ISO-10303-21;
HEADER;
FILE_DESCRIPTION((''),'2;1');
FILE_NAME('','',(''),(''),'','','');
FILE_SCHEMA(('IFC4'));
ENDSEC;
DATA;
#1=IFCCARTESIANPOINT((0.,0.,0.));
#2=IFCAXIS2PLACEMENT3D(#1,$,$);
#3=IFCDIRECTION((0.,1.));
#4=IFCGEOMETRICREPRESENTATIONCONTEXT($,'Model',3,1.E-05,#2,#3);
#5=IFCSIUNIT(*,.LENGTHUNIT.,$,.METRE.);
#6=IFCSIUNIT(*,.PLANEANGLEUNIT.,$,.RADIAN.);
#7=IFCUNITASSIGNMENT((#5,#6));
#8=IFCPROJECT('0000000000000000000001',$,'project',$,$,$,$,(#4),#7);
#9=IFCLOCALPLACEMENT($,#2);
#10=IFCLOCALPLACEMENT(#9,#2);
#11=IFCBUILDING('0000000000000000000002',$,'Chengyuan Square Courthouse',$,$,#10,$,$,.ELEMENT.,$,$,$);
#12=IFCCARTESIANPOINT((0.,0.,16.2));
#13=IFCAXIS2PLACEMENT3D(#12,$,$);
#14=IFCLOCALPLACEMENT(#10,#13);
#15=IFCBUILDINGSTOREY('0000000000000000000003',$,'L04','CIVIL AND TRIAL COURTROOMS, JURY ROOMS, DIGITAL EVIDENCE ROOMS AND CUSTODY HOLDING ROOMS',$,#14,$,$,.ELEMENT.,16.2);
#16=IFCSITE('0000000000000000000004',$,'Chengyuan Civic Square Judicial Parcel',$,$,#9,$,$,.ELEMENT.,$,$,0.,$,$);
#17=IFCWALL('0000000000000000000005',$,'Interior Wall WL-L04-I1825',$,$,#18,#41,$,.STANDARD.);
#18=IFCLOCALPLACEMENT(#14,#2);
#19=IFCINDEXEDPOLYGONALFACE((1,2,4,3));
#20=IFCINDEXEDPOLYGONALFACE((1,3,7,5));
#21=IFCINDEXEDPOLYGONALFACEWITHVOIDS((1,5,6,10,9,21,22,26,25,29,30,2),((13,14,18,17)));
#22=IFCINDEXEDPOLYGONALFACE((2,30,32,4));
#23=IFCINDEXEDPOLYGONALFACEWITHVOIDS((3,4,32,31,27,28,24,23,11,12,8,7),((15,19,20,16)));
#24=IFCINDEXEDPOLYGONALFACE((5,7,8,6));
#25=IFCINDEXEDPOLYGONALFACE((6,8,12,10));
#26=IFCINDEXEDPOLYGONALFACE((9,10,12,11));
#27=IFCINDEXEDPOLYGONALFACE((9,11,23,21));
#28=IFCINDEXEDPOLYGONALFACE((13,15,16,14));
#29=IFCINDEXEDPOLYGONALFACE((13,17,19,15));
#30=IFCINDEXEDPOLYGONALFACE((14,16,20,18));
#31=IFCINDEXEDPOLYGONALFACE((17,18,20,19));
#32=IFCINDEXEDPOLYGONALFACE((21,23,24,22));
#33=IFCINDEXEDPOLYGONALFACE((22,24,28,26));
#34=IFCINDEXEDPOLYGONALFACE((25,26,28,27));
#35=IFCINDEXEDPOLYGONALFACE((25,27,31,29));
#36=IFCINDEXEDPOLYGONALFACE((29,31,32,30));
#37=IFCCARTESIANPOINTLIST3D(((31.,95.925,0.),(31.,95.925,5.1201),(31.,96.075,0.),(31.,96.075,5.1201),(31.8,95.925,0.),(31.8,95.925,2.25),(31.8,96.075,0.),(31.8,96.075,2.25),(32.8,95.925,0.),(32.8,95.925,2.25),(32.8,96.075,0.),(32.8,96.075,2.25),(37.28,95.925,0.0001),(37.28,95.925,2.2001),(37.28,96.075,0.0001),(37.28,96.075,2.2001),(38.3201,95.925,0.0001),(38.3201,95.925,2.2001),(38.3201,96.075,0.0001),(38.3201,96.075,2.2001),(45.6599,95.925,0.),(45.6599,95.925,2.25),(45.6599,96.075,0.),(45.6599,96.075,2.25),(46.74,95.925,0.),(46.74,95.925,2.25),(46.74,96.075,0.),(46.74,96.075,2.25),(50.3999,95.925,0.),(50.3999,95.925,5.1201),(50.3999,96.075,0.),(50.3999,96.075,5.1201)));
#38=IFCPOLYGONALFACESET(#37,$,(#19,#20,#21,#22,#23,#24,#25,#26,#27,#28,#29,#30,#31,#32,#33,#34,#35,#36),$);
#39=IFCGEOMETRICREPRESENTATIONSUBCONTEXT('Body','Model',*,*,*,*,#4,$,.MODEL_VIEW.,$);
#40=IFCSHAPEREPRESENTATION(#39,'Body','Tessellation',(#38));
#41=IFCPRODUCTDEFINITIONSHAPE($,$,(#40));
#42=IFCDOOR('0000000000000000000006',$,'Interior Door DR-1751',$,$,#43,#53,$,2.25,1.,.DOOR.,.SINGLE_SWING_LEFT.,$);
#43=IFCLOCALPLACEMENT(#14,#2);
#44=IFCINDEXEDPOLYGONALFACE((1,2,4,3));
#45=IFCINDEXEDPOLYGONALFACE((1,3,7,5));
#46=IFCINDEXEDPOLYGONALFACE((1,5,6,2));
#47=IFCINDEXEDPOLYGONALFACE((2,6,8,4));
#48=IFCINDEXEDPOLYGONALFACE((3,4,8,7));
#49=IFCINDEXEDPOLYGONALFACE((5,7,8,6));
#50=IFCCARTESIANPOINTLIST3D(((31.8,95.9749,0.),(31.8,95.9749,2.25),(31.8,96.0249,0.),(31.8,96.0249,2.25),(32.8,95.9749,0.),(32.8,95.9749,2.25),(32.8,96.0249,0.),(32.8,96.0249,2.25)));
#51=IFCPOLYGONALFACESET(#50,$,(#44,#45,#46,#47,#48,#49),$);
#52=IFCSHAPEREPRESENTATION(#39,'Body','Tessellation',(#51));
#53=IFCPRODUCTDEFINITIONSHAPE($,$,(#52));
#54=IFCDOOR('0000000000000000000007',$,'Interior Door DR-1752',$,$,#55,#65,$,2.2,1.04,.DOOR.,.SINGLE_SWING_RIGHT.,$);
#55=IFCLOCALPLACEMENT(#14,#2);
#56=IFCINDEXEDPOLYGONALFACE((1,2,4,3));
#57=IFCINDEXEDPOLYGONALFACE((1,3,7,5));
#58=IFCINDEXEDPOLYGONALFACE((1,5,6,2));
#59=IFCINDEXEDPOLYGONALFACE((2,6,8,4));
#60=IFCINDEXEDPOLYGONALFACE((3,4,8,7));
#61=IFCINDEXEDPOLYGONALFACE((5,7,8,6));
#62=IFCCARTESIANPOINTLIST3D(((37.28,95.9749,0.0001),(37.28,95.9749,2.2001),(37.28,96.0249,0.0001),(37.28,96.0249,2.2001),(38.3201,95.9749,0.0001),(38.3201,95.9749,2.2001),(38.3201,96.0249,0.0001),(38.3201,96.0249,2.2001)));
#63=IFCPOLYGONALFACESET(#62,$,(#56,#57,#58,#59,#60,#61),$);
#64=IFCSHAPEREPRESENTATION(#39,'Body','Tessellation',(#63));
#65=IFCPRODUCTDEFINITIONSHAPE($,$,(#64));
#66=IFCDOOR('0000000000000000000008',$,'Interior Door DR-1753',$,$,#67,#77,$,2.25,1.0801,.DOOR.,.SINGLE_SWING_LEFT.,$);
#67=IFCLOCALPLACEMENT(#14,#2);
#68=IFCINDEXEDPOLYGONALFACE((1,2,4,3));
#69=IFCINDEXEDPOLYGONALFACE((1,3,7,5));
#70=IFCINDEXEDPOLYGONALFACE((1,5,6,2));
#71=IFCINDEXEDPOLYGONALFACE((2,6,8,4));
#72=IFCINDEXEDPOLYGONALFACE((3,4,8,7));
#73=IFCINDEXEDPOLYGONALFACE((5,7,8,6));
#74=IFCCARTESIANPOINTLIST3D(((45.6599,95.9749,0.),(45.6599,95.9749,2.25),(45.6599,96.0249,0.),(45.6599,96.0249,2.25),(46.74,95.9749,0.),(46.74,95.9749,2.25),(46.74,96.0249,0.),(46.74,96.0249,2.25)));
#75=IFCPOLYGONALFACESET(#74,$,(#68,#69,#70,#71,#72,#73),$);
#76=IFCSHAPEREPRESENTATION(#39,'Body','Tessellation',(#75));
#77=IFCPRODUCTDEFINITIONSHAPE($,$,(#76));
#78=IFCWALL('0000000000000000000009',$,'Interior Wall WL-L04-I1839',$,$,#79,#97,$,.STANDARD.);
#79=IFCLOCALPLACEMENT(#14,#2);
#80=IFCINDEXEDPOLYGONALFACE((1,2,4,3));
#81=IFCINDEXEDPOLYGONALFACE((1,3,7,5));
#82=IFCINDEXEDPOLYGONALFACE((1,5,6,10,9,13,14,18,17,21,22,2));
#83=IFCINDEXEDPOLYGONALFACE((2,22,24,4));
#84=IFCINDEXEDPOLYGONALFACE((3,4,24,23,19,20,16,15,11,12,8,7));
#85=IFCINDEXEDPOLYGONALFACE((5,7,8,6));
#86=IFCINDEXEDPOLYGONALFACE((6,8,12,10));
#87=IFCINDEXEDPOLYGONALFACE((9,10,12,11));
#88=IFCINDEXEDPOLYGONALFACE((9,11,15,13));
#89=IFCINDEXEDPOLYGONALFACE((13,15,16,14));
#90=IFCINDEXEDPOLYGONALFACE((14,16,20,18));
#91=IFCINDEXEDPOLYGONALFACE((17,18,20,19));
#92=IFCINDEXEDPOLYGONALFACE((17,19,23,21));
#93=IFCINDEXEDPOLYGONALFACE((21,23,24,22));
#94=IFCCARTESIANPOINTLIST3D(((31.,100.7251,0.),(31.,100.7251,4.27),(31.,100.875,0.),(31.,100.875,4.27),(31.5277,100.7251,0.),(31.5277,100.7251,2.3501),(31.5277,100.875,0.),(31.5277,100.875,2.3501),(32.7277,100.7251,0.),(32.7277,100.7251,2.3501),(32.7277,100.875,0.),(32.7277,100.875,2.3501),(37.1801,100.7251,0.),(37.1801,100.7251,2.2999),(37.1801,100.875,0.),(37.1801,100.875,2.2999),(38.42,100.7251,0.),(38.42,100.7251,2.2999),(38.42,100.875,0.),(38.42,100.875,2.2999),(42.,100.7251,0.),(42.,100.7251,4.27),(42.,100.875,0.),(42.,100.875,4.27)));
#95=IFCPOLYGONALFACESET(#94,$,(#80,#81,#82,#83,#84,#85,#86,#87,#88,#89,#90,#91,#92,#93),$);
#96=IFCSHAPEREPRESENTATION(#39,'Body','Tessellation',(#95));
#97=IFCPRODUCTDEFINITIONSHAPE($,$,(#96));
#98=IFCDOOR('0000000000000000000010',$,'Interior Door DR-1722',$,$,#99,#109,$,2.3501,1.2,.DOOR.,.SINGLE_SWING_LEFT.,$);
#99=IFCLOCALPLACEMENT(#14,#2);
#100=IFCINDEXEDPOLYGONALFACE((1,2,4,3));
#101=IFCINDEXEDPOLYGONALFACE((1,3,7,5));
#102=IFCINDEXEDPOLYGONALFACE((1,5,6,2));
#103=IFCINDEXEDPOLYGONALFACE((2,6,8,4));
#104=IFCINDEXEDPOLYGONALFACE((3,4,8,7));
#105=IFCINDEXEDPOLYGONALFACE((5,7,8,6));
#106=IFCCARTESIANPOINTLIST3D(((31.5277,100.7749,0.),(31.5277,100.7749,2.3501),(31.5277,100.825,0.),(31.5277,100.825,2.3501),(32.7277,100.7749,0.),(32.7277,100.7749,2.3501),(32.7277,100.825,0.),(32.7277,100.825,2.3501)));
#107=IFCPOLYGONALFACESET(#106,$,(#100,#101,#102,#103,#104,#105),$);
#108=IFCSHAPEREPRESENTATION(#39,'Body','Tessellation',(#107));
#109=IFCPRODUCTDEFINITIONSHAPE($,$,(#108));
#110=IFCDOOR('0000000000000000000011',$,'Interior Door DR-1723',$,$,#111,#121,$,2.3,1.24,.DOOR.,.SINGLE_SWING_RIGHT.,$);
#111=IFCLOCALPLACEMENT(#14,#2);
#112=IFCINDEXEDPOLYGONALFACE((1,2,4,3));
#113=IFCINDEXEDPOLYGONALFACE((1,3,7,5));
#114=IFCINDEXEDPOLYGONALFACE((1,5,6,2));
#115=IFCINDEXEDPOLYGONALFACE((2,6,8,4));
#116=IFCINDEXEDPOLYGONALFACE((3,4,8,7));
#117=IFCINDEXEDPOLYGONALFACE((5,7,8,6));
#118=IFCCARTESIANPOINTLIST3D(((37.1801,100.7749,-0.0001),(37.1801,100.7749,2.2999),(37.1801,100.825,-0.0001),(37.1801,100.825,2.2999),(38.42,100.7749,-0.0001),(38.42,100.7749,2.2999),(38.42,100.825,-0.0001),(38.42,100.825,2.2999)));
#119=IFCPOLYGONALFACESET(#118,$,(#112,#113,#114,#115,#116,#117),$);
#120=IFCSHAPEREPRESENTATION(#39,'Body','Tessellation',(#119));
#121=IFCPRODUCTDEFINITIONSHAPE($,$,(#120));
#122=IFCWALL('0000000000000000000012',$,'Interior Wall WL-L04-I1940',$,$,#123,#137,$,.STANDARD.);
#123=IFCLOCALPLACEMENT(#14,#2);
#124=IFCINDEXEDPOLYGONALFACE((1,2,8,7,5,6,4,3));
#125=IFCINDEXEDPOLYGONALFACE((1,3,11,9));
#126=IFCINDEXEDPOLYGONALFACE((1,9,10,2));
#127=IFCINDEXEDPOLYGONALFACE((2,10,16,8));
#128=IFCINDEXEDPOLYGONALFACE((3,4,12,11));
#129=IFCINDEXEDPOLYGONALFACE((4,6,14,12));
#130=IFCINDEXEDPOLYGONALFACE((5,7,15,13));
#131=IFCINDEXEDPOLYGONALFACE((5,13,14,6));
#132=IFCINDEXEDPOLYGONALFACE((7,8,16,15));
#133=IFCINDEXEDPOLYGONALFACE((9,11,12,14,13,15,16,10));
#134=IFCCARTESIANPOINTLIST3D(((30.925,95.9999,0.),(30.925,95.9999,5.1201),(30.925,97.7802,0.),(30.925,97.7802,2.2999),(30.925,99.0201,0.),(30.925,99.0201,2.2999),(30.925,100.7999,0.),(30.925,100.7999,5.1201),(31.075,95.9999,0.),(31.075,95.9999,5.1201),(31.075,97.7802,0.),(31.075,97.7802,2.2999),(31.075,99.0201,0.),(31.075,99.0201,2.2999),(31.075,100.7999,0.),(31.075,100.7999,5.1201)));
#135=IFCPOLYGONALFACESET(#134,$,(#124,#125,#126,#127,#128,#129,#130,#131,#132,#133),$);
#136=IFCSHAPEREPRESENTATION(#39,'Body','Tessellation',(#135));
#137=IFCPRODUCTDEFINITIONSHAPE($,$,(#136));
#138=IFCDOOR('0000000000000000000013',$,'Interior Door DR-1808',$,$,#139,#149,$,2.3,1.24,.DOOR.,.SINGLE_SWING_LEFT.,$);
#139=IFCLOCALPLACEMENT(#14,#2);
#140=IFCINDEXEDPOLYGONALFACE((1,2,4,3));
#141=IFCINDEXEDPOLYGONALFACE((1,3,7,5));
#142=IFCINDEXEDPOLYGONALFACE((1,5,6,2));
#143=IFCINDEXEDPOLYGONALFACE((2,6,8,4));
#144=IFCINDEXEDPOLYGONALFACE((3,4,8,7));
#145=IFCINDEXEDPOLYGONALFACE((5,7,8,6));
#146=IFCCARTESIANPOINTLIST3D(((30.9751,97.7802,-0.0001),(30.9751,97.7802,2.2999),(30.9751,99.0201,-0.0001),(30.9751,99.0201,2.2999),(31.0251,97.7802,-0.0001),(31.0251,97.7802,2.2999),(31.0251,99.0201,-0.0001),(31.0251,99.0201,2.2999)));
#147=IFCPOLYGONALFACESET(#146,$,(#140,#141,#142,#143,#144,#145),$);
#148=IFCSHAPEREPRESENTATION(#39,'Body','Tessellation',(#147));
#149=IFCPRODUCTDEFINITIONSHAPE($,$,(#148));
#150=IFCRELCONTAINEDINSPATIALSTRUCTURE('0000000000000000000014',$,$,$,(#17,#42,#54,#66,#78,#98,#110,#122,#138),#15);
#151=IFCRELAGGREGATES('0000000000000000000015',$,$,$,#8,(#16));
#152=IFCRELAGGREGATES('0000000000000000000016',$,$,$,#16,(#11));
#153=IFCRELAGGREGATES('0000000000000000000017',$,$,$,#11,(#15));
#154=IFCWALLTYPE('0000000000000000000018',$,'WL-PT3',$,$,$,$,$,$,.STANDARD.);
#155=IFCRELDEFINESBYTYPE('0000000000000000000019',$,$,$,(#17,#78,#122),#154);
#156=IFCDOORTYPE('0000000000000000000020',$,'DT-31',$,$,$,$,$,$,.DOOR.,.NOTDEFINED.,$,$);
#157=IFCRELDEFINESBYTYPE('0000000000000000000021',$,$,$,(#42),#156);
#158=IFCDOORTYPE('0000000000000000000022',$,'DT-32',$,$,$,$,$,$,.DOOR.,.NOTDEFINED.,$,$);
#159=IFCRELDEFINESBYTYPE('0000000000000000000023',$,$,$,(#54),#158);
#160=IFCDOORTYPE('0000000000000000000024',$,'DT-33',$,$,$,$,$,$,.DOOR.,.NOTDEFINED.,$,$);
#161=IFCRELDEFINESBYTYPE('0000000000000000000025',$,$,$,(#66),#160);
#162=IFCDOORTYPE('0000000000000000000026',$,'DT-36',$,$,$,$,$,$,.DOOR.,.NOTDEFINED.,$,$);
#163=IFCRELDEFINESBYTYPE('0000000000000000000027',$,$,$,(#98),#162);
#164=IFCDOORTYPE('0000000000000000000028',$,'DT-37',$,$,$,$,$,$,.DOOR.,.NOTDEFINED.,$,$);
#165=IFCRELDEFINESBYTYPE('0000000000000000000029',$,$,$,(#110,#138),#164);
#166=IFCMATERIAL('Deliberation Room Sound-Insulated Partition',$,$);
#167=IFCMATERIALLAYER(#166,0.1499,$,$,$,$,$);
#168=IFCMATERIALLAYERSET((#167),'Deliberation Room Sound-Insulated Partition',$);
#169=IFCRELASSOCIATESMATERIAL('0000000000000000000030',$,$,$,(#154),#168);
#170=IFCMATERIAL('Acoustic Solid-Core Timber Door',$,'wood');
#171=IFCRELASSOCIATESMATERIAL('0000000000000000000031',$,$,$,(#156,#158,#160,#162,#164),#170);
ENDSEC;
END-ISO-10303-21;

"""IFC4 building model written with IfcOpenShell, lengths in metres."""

from ifc_helpers import new_model, si_unit, direction, frame, frame_2d, origin, place, context, subcontext, project, spatial, rectangle, extrude, material, layer, layer_set, type_object, element, fill, save


model = new_model("IFC4")

# Units and contexts
model_context = context("Model", 3, precision=1e-05, world=origin(), true_north=direction((0.0, 1.0)))
body_context = subcontext(model_context, "Body", "Model", "MODEL_VIEW")
ifc_project = project(units=[si_unit("LENGTHUNIT", "METRE"), si_unit("PLANEANGLEUNIT", "RADIAN")], contexts=[model_context])

# Site, building, storey
site_placement = place(None, origin())
site = spatial("IfcSite", under=ifc_project, at=site_placement, Name="Chengyuan Civic Square Judicial Parcel", CompositionType="ELEMENT", RefElevation=0.0)
building_placement = place(site_placement, origin())
building = spatial("IfcBuilding", under=site, at=building_placement, Name="Chengyuan Square Courthouse", CompositionType="ELEMENT")
storey_placement = place(building_placement, frame((0.0, 0.0, 16.2)))
storey = spatial("IfcBuildingStorey", under=building, at=storey_placement, Name="L04", Description="CIVIL AND TRIAL COURTROOMS, JURY ROOMS, DIGITAL EVIDENCE ROOMS AND CUSTODY HOLDING ROOMS", CompositionType="ELEMENT", Elevation=16.2)

# Walls, openings, doors
ifc_material_1 = material(Name="Deliberation Room Sound-Insulated Partition")
ifc_layer_1 = layer(ifc_material_1, 0.1499)
ifc_layer_set_1 = layer_set([ifc_layer_1], Name="Deliberation Room Sound-Insulated Partition")
wall_type_1 = type_object("IfcWallType", Name="WL-PT3", PredefinedType="STANDARD", material=ifc_layer_set_1)
wall_1_placement = place(storey_placement, frame((31.0, 96.0, 0.0), z_axis=(0.0, 0.0, 1.0), x_axis=(1.0, 0.0, 0.0)))
wall_1 = element("IfcWall", 1, at=wall_1_placement, inside=storey, type_object=wall_type_1, Name="Interior Wall WL-L04-I1825", PredefinedType="STANDARD", context=body_context, shape_type="SweptSolid", body=[
    extrude(rectangle(XDim=19.3999, YDim=0.1499, at=frame_2d((9.7, 0.0))), origin(), (0.0, 0.0, 1.0), 5.1201),
])
opening_1_placement = place(wall_1_placement, frame((0.8, 0.0, 0.0)))
opening_1 = element("IfcOpeningElement", 2, at=opening_1_placement, cuts=wall_1, PredefinedType="OPENING", context=body_context, shape_type="SweptSolid", body=[
    extrude(rectangle(XDim=1.0, YDim=2.25, at=frame_2d((0.5, 1.125))), frame((0.0, 0.0869, 0.0), z_axis=(0.0, -1.0, 0.0), x_axis=(1.0, 0.0, 0.0)), (0.0, 0.0, 1.0), 0.1738),
])
opening_2_placement = place(wall_1_placement, frame((6.28, 0.0, 0.0)))
opening_2 = element("IfcOpeningElement", 3, at=opening_2_placement, cuts=wall_1, PredefinedType="OPENING", context=body_context, shape_type="SweptSolid", body=[
    extrude(rectangle(XDim=1.04, YDim=2.2, at=frame_2d((0.52, 1.1001))), frame((0.0, 0.0869, 0.0), z_axis=(0.0, -1.0, 0.0), x_axis=(1.0, 0.0, 0.0)), (0.0, 0.0, 1.0), 0.1738),
])
opening_3_placement = place(wall_1_placement, frame((14.6599, 0.0, 0.0)))
opening_3 = element("IfcOpeningElement", 4, at=opening_3_placement, cuts=wall_1, PredefinedType="OPENING", context=body_context, shape_type="SweptSolid", body=[
    extrude(rectangle(XDim=1.0801, YDim=2.25, at=frame_2d((0.54, 1.125))), frame((0.0, 0.0869, 0.0), z_axis=(0.0, -1.0, 0.0), x_axis=(1.0, 0.0, 0.0)), (0.0, 0.0, 1.0), 0.1738),
])
ifc_material_2 = material(Name="Acoustic Solid-Core Timber Door", Category="wood")
door_type_1 = type_object("IfcDoorType", Name="DT-31", OperationType="NOTDEFINED", PredefinedType="DOOR", material=ifc_material_2)
door_1_placement = place(opening_1_placement, origin())
door_1 = element("IfcDoor", 5, at=door_1_placement, inside=storey, type_object=door_type_1, Name="Interior Door DR-1751", OperationType="SINGLE_SWING_LEFT", OverallHeight=2.25, OverallWidth=1.0, PredefinedType="DOOR", context=body_context, shape_type="SweptSolid", body=[
    extrude(rectangle(XDim=1.0, YDim=2.25, at=frame_2d((0.5, 1.125))), frame((0.0, 0.0249, 0.0), z_axis=(0.0, -1.0, 0.0), x_axis=(1.0, 0.0, 0.0)), (0.0, 0.0, 1.0), 0.05),
])
fill(opening_1, door_1)
door_type_2 = type_object("IfcDoorType", Name="DT-32", OperationType="NOTDEFINED", PredefinedType="DOOR", material=ifc_material_2)
door_2_placement = place(opening_2_placement, origin())
door_2 = element("IfcDoor", 6, at=door_2_placement, inside=storey, type_object=door_type_2, Name="Interior Door DR-1752", OperationType="SINGLE_SWING_RIGHT", OverallHeight=2.2, OverallWidth=1.04, PredefinedType="DOOR", context=body_context, shape_type="SweptSolid", body=[
    extrude(rectangle(XDim=1.04, YDim=2.2, at=frame_2d((0.52, 1.1001))), frame((0.0, 0.0249, 0.0), z_axis=(0.0, -1.0, 0.0), x_axis=(1.0, 0.0, 0.0)), (0.0, 0.0, 1.0), 0.05),
])
fill(opening_2, door_2)
door_type_3 = type_object("IfcDoorType", Name="DT-33", OperationType="NOTDEFINED", PredefinedType="DOOR", material=ifc_material_2)
door_3_placement = place(opening_3_placement, origin())
door_3 = element("IfcDoor", 7, at=door_3_placement, inside=storey, type_object=door_type_3, Name="Interior Door DR-1753", OperationType="SINGLE_SWING_LEFT", OverallHeight=2.25, OverallWidth=1.0801, PredefinedType="DOOR", context=body_context, shape_type="SweptSolid", body=[
    extrude(rectangle(XDim=1.0801, YDim=2.25, at=frame_2d((0.54, 1.125))), frame((0.0, 0.0249, 0.0), z_axis=(0.0, -1.0, 0.0), x_axis=(1.0, 0.0, 0.0)), (0.0, 0.0, 1.0), 0.05),
])
fill(opening_3, door_3)
wall_2_placement = place(storey_placement, frame((31.0, 100.8, 0.0), z_axis=(0.0, 0.0, 1.0), x_axis=(1.0, 0.0, 0.0)))
wall_2 = element("IfcWall", 8, at=wall_2_placement, inside=storey, type_object=wall_type_1, Name="Interior Wall WL-L04-I1839", PredefinedType="STANDARD", context=body_context, shape_type="SweptSolid", body=[
    extrude(rectangle(XDim=11.0, YDim=0.1499, at=frame_2d((5.5, 0.0))), origin(), (0.0, 0.0, 1.0), 4.27),
])
opening_4_placement = place(wall_2_placement, frame((0.5276, 0.0, 0.0)))
opening_4 = element("IfcOpeningElement", 9, at=opening_4_placement, cuts=wall_2, PredefinedType="OPENING", context=body_context, shape_type="SweptSolid", body=[
    extrude(rectangle(XDim=1.2, YDim=2.3501, at=frame_2d((0.6001, 1.175))), frame((0.0, 0.0869, 0.0), z_axis=(0.0, -1.0, 0.0), x_axis=(1.0, 0.0, 0.0)), (0.0, 0.0, 1.0), 0.1738),
])
opening_5_placement = place(wall_2_placement, frame((6.1799, 0.0, 0.0)))
opening_5 = element("IfcOpeningElement", 10, at=opening_5_placement, cuts=wall_2, PredefinedType="OPENING", context=body_context, shape_type="SweptSolid", body=[
    extrude(rectangle(XDim=1.24, YDim=2.3, at=frame_2d((0.6201, 1.1499))), frame((0.0, 0.0869, 0.0), z_axis=(0.0, -1.0, 0.0), x_axis=(1.0, 0.0, 0.0)), (0.0, 0.0, 1.0), 0.1738),
])
door_type_4 = type_object("IfcDoorType", Name="DT-36", OperationType="NOTDEFINED", PredefinedType="DOOR", material=ifc_material_2)
door_4_placement = place(opening_4_placement, origin())
door_4 = element("IfcDoor", 11, at=door_4_placement, inside=storey, type_object=door_type_4, Name="Interior Door DR-1722", OperationType="SINGLE_SWING_LEFT", OverallHeight=2.3501, OverallWidth=1.2, PredefinedType="DOOR", context=body_context, shape_type="SweptSolid", body=[
    extrude(rectangle(XDim=1.2, YDim=2.3501, at=frame_2d((0.6001, 1.175))), frame((0.0, 0.0249, 0.0), z_axis=(0.0, -1.0, 0.0), x_axis=(1.0, 0.0, 0.0)), (0.0, 0.0, 1.0), 0.05),
])
fill(opening_4, door_4)
door_type_5 = type_object("IfcDoorType", Name="DT-37", OperationType="NOTDEFINED", PredefinedType="DOOR", material=ifc_material_2)
door_5_placement = place(opening_5_placement, origin())
door_5 = element("IfcDoor", 12, at=door_5_placement, inside=storey, type_object=door_type_5, Name="Interior Door DR-1723", OperationType="SINGLE_SWING_RIGHT", OverallHeight=2.3, OverallWidth=1.24, PredefinedType="DOOR", context=body_context, shape_type="SweptSolid", body=[
    extrude(rectangle(XDim=1.24, YDim=2.3, at=frame_2d((0.6201, 1.1499))), frame((0.0, 0.0249, 0.0), z_axis=(0.0, -1.0, 0.0), x_axis=(1.0, 0.0, 0.0)), (0.0, 0.0, 1.0), 0.05),
])
fill(opening_5, door_5)

# Wall, opening, door
wall_3_placement = place(storey_placement, frame((31.0, 96.0, 0.0), z_axis=(0.0, 0.0, 1.0), x_axis=(0.0, 1.0, 0.0)))
wall_3 = element("IfcWall", 13, at=wall_3_placement, inside=storey, type_object=wall_type_1, Name="Interior Wall WL-L04-I1940", PredefinedType="STANDARD", context=body_context, shape_type="SweptSolid", body=[
    extrude(rectangle(XDim=4.8, YDim=0.1499, at=frame_2d((2.3999, 0.0))), origin(), (0.0, 0.0, 1.0), 5.1201),
])
opening_6_placement = place(wall_3_placement, frame((1.78, 0.0, 0.0)))
opening_6 = element("IfcOpeningElement", 14, at=opening_6_placement, cuts=wall_3, PredefinedType="OPENING", context=body_context, shape_type="SweptSolid", body=[
    extrude(rectangle(XDim=1.24, YDim=2.3, at=frame_2d((0.6201, 1.1499))), frame((0.0, 0.0869, 0.0), z_axis=(0.0, -1.0, 0.0), x_axis=(1.0, 0.0, 0.0)), (0.0, 0.0, 1.0), 0.1738),
])
door_6_placement = place(opening_6_placement, origin())
door_6 = element("IfcDoor", 15, at=door_6_placement, inside=storey, type_object=door_type_5, Name="Interior Door DR-1808", OperationType="SINGLE_SWING_LEFT", OverallHeight=2.3, OverallWidth=1.24, PredefinedType="DOOR", context=body_context, shape_type="SweptSolid", body=[
    extrude(rectangle(XDim=1.24, YDim=2.3, at=frame_2d((0.6201, 1.1499))), frame((0.0, 0.0249, 0.0), z_axis=(0.0, -1.0, 0.0), x_axis=(1.0, 0.0, 0.0)), (0.0, 0.0, 1.0), 0.05),
])
fill(opening_6, door_6)

save(model, "model.ifc")
